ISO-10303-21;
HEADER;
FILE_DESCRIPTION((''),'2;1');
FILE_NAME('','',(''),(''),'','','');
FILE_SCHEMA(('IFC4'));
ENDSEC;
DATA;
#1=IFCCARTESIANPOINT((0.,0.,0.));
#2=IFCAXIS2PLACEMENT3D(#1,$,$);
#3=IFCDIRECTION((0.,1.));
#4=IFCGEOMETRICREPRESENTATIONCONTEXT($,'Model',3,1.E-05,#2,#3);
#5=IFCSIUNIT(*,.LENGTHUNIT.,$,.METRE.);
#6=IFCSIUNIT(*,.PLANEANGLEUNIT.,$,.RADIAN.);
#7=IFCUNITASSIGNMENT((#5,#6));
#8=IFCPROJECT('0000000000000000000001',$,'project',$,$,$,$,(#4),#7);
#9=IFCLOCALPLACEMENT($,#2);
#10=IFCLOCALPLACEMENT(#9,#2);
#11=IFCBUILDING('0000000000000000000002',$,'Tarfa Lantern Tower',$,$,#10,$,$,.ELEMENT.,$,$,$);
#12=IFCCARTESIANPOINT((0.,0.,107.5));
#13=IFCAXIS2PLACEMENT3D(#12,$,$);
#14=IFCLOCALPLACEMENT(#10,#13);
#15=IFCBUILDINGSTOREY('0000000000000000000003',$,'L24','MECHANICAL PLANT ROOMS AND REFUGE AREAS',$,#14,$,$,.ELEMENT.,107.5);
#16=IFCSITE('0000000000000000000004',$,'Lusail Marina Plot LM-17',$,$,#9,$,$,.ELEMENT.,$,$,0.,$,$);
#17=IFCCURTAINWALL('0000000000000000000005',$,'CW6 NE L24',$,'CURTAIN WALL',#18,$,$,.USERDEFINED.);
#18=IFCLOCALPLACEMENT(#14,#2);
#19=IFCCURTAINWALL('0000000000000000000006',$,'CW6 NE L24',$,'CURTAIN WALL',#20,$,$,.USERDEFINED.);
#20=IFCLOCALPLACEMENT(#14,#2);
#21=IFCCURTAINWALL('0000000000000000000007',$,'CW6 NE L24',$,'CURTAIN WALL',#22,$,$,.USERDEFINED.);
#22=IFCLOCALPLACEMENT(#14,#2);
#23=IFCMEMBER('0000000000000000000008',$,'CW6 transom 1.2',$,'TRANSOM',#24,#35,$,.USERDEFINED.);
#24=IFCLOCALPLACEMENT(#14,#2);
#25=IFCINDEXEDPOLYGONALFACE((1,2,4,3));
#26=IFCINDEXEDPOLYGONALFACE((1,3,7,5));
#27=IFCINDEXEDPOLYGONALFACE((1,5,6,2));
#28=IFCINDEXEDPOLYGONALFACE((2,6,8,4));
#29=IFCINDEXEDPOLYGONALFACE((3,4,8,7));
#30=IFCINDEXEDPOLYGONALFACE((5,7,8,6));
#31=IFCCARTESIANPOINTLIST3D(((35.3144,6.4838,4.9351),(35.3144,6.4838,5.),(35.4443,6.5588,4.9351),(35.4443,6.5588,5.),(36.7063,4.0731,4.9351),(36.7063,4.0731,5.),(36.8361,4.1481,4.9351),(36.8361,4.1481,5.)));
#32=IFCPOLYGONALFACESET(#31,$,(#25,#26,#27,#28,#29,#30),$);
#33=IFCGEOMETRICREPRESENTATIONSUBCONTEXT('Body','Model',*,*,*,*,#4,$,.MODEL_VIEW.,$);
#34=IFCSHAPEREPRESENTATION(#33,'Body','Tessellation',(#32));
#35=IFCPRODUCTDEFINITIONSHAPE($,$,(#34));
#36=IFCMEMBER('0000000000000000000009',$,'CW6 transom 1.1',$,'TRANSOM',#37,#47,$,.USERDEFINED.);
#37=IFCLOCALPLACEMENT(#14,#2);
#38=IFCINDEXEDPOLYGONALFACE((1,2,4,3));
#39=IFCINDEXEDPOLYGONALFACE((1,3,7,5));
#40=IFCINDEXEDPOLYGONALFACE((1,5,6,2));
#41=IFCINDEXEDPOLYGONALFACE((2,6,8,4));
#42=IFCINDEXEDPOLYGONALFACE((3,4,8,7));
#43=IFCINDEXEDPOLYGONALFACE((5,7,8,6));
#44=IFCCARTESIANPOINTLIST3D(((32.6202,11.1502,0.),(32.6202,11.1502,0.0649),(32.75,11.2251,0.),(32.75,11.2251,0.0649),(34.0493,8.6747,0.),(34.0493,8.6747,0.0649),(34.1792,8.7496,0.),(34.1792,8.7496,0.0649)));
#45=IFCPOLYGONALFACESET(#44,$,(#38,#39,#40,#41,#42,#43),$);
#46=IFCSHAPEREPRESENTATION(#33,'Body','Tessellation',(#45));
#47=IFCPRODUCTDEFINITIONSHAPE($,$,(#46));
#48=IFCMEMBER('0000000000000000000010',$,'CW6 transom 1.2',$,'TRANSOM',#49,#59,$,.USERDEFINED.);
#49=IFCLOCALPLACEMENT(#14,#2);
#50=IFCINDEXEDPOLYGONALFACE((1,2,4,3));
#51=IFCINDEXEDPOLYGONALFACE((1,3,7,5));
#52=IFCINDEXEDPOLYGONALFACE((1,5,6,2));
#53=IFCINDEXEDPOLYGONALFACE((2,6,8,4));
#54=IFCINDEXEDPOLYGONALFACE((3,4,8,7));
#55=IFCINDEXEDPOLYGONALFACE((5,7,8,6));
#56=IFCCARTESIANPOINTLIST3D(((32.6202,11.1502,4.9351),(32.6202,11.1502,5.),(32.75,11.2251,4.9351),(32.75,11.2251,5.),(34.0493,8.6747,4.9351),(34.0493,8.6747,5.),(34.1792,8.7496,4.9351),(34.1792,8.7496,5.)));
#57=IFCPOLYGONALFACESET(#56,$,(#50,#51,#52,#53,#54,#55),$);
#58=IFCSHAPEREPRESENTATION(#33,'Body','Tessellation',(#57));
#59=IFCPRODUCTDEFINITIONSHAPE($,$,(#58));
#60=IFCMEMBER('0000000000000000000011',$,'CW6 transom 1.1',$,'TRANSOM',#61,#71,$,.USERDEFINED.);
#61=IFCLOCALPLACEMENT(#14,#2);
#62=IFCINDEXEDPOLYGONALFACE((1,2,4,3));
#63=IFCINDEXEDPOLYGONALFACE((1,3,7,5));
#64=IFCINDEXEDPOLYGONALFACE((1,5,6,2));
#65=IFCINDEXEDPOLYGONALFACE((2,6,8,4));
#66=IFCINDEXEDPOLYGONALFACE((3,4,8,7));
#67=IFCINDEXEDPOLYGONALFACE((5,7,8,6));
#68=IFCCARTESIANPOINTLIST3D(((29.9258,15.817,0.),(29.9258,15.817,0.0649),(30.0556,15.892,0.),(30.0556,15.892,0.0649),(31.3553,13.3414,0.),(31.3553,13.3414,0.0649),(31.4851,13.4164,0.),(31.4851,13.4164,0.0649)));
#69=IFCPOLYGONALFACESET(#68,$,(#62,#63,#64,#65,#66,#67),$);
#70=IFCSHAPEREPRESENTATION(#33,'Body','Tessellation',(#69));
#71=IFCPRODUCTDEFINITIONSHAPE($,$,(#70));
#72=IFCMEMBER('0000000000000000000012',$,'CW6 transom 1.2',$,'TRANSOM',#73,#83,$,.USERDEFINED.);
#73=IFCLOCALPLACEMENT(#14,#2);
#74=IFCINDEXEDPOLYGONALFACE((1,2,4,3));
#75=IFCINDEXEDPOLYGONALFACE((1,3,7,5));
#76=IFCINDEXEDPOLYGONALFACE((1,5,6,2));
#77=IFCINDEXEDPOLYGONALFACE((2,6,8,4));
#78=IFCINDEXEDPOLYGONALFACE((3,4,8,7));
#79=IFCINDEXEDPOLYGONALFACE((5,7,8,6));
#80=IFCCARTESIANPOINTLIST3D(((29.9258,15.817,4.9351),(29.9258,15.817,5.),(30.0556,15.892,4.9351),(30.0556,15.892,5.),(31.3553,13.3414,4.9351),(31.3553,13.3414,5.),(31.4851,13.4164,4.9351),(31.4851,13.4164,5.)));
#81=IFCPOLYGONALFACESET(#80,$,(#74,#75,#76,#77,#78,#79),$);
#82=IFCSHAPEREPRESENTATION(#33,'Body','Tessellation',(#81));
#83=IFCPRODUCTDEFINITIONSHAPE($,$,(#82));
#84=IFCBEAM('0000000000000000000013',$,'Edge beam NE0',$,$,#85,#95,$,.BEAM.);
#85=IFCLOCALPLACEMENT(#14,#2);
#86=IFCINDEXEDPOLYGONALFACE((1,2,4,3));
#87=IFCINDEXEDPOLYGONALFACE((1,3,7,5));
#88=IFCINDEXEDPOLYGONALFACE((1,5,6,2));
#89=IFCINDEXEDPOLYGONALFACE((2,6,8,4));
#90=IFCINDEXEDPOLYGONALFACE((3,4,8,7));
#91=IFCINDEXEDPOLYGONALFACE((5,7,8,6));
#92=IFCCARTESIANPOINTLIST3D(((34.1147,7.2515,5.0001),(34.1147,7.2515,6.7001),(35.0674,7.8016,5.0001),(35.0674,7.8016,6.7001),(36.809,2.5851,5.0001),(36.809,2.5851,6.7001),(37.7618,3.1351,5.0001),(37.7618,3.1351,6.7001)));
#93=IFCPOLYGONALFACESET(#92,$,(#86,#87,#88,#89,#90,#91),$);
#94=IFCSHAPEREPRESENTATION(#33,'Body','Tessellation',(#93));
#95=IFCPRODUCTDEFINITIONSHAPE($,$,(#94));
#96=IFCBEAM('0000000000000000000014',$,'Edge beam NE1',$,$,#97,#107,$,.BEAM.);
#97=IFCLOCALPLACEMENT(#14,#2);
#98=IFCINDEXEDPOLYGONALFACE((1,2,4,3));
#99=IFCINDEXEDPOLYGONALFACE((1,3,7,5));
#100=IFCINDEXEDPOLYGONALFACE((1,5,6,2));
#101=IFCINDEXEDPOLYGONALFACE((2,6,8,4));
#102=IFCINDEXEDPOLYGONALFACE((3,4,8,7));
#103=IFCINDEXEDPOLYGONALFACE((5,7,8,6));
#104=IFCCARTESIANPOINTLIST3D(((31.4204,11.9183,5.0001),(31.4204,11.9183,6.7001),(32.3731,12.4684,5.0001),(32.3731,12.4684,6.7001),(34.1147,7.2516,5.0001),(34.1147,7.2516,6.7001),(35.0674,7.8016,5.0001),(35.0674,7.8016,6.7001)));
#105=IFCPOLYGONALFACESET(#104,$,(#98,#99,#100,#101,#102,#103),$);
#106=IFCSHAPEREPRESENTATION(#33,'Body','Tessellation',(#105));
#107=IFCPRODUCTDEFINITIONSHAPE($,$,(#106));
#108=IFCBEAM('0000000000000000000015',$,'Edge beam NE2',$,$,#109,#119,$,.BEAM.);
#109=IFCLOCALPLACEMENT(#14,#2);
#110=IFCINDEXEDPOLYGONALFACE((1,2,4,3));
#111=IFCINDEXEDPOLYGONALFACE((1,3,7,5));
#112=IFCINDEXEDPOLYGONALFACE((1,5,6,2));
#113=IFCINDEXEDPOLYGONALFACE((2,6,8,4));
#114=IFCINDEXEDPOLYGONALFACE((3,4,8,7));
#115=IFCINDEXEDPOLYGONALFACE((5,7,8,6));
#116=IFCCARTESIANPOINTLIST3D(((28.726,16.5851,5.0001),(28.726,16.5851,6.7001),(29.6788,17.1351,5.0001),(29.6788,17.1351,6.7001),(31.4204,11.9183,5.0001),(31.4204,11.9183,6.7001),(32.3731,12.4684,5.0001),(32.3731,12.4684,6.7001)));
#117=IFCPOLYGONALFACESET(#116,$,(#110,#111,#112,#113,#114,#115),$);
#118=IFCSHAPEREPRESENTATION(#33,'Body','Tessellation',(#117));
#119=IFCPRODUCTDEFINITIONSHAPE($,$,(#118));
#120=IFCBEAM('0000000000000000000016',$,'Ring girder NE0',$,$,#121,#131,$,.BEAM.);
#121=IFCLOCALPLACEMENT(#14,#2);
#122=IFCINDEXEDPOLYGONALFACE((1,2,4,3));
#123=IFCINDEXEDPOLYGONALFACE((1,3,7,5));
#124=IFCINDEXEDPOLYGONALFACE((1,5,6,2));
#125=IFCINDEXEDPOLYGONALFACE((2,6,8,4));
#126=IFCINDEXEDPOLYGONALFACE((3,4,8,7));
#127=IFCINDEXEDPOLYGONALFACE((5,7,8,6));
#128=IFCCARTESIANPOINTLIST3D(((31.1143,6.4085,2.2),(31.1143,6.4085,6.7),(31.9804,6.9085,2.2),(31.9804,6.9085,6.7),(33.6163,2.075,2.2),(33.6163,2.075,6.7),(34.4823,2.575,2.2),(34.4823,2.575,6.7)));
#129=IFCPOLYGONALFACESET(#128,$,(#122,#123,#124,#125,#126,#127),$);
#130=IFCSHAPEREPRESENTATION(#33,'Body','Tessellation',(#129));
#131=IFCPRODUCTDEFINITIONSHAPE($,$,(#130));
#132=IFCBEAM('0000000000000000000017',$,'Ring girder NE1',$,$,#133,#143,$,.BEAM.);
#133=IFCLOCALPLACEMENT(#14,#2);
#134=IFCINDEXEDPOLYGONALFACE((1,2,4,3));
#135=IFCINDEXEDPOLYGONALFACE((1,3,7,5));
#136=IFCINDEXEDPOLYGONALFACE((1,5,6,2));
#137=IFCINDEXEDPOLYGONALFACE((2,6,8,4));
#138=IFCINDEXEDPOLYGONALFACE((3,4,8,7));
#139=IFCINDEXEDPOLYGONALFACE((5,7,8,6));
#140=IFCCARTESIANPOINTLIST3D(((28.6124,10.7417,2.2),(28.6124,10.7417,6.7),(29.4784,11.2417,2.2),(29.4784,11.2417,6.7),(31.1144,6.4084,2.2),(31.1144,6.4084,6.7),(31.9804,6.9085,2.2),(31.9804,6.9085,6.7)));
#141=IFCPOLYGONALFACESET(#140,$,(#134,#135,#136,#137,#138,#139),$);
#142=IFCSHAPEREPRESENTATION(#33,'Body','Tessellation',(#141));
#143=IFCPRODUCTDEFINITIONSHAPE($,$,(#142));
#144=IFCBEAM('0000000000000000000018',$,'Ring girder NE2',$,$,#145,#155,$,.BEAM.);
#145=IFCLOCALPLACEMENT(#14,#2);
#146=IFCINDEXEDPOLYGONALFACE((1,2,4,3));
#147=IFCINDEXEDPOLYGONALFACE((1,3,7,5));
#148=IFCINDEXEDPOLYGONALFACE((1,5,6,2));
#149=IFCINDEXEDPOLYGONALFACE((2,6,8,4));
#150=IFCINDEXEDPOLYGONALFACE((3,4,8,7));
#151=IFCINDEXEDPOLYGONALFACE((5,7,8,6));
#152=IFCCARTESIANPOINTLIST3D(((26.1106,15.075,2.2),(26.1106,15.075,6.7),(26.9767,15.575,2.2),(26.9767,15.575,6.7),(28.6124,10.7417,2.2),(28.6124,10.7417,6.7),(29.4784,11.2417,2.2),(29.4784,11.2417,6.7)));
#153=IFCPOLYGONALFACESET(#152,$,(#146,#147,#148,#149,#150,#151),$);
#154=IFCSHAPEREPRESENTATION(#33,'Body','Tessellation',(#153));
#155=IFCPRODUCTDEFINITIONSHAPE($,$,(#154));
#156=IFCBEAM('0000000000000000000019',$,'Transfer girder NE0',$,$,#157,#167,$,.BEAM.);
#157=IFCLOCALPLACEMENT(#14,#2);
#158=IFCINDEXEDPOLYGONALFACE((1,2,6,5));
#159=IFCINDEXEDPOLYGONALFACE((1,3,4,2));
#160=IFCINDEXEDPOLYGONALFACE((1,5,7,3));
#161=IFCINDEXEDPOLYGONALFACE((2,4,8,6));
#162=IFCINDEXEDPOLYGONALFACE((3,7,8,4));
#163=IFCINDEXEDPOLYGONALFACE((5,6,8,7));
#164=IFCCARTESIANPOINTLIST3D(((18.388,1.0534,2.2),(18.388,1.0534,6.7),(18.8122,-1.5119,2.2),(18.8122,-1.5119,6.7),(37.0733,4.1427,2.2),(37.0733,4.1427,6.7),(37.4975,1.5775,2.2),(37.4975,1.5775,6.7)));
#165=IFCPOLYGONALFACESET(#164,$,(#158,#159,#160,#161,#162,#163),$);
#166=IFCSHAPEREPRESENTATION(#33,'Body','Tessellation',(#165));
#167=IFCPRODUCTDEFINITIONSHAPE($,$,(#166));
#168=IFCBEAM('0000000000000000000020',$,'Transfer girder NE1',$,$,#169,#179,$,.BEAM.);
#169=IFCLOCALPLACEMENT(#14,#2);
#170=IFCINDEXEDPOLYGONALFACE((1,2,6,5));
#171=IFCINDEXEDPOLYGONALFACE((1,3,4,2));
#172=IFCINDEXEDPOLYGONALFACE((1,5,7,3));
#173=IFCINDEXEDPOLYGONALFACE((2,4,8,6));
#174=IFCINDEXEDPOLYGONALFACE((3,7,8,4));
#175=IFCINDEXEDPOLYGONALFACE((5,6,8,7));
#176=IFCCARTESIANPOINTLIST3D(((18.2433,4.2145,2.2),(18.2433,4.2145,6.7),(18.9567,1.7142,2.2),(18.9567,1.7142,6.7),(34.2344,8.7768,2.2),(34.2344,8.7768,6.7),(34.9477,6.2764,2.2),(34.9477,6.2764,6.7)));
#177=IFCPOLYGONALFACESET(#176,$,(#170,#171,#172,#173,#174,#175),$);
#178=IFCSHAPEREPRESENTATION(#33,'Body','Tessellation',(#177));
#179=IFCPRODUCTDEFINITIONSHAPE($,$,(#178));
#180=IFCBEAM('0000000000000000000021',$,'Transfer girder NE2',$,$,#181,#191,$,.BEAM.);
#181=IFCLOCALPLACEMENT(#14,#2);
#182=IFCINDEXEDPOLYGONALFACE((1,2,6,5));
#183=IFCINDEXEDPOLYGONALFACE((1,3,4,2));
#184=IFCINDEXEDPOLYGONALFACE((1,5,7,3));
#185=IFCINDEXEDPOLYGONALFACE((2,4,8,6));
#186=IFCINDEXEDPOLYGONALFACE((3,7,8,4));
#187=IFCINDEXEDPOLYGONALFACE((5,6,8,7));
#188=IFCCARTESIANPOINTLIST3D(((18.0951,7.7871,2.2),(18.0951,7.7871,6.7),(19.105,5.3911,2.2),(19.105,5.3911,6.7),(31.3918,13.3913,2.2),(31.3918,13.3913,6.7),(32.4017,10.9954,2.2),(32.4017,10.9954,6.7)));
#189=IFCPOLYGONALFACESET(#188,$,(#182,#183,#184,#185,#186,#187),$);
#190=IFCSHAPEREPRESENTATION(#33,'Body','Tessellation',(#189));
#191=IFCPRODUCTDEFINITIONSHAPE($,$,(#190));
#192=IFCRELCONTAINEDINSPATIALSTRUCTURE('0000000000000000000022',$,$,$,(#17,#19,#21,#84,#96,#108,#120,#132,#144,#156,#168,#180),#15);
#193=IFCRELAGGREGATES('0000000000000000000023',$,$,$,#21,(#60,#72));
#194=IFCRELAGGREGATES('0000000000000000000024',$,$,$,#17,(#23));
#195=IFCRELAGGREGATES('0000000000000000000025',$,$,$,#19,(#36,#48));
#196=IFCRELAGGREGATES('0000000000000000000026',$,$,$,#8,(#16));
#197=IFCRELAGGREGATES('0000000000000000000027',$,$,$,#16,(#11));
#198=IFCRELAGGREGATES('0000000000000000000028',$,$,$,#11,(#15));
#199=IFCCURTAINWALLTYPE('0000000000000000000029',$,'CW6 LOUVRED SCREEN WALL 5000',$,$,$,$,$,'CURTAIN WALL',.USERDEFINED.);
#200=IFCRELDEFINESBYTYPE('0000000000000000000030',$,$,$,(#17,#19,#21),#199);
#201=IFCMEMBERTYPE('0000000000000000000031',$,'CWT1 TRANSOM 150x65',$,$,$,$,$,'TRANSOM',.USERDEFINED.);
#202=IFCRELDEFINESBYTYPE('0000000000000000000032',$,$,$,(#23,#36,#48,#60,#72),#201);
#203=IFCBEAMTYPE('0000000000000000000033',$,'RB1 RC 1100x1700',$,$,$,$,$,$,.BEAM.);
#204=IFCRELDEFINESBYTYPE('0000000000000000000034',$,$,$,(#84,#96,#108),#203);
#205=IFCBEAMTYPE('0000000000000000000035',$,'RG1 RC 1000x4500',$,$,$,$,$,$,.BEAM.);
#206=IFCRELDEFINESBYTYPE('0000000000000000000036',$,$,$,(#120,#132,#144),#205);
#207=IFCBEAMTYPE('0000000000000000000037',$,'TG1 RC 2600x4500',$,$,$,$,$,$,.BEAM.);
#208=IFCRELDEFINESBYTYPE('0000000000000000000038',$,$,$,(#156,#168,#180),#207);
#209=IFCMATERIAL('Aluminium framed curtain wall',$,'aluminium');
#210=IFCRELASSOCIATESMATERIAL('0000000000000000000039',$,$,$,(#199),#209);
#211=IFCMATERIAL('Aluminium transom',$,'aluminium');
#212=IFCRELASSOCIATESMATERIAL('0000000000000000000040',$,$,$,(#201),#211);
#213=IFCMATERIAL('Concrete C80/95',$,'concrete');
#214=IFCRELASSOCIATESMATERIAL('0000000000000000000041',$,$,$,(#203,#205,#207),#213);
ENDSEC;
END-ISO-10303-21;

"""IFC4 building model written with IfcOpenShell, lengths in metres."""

from ifc_helpers import new_model, si_unit, direction, frame, origin, origin_2d, place, context, subcontext, project, spatial, rectangle, extrude, material, material_profile, profile_set, type_object, element, aggregate, save


model = new_model("IFC4")

# Units and contexts
model_context = context("Model", 3, precision=1e-05, world=origin(), true_north=direction((0.0, 1.0)))
body_context = subcontext(model_context, "Body", "Model", "MODEL_VIEW")
ifc_project = project(units=[si_unit("LENGTHUNIT", "METRE"), si_unit("PLANEANGLEUNIT", "RADIAN")], contexts=[model_context])

# Site, building, storey
site_placement = place(None, origin())
site = spatial("IfcSite", under=ifc_project, at=site_placement, Name="Lusail Marina Plot LM-17", CompositionType="ELEMENT", RefElevation=0.0)
building_placement = place(site_placement, origin())
building = spatial("IfcBuilding", under=site, at=building_placement, Name="Tarfa Lantern Tower", CompositionType="ELEMENT")
storey_placement = place(building_placement, frame((0.0, 0.0, 107.5)))
storey = spatial("IfcBuildingStorey", under=building, at=storey_placement, Name="L24", Description="MECHANICAL PLANT ROOMS AND REFUGE AREAS", CompositionType="ELEMENT", Elevation=107.5)

# Shared definitions
ifc_material_1 = material(Name="Concrete C80/95", Category="concrete")

# Curtain walls
ifc_material_2 = material(Name="Aluminium framed curtain wall", Category="aluminium")
curtain_wall_type = type_object("IfcCurtainWallType", Name="CW6 LOUVRED SCREEN WALL 5000", ElementType="CURTAIN WALL", PredefinedType="USERDEFINED", material=ifc_material_2)
curtain_wall_1_placement = place(storey_placement, origin())
curtain_wall_1 = element("IfcCurtainWall", 1, at=curtain_wall_1_placement, inside=storey, type_object=curtain_wall_type, Name="CW6 NE L24", ObjectType="CURTAIN WALL", PredefinedType="USERDEFINED")
curtain_wall_2_placement = place(storey_placement, origin())
curtain_wall_2 = element("IfcCurtainWall", 2, at=curtain_wall_2_placement, inside=storey, type_object=curtain_wall_type, Name="CW6 NE L24", ObjectType="CURTAIN WALL", PredefinedType="USERDEFINED")

# Curtain wall
curtain_wall_3_placement = place(storey_placement, origin())
curtain_wall_3 = element("IfcCurtainWall", 3, at=curtain_wall_3_placement, inside=storey, type_object=curtain_wall_type, Name="CW6 NE L24", ObjectType="CURTAIN WALL", PredefinedType="USERDEFINED")

# Members
ifc_material_3 = material(Name="Aluminium transom", Category="aluminium")
ifc_material_profile_1 = material_profile(ifc_material_3, rectangle(XDim=0.1499, YDim=0.0649, at=origin_2d()), Name="AL TRANSOM 150x65")
ifc_profile_set_1 = profile_set([ifc_material_profile_1], Name="Aluminium transom")
member_type_1 = type_object("IfcMemberType", Name="CWT1 TRANSOM 150x65", ElementType="TRANSOM", PredefinedType="USERDEFINED", material=ifc_profile_set_1)
member_1_placement = place(storey_placement, frame((36.7712, 4.1106, 4.9675), z_axis=(-0.500016, 0.866016, 0.0), x_axis=(-0.866016, -0.500016, 0.0)))
member_1 = element("IfcMember", 4, at=member_1_placement, type_object=member_type_1, Name="CW6 transom 1.2", ObjectType="TRANSOM", PredefinedType="USERDEFINED", context=body_context, shape_type="SweptSolid", body=[
    extrude(rectangle(XDim=0.1499, YDim=0.0649, at=origin_2d()), origin(), (0.0, 0.0, 1.0), 2.7837),
])
member_2_placement = place(storey_placement, frame((34.1143, 8.7122, 0.0325), z_axis=(-0.499979, 0.866038, 0.0), x_axis=(-0.866038, -0.499979, 0.0)))
member_2 = element("IfcMember", 5, at=member_2_placement, type_object=member_type_1, Name="CW6 transom 1.1", ObjectType="TRANSOM", PredefinedType="USERDEFINED", context=body_context, shape_type="SweptSolid", body=[
    extrude(rectangle(XDim=0.1499, YDim=0.0649, at=origin_2d()), origin(), (0.0, 0.0, 1.0), 2.8584),
])
member_3_placement = place(storey_placement, frame((34.1143, 8.7122, 4.9675), z_axis=(-0.499979, 0.866038, 0.0), x_axis=(-0.866038, -0.499979, 0.0)))
member_3 = element("IfcMember", 6, at=member_3_placement, type_object=member_type_1, Name="CW6 transom 1.2", ObjectType="TRANSOM", PredefinedType="USERDEFINED", context=body_context, shape_type="SweptSolid", body=[
    extrude(rectangle(XDim=0.1499, YDim=0.0649, at=origin_2d()), origin(), (0.0, 0.0, 1.0), 2.8584),
])
member_4_placement = place(storey_placement, frame((31.4202, 13.3789, 0.0325), z_axis=(-0.500043, 0.866001, 0.0), x_axis=(-0.866001, -0.500043, 0.0)))
member_4 = element("IfcMember", 7, at=member_4_placement, type_object=member_type_1, Name="CW6 transom 1.1", ObjectType="TRANSOM", PredefinedType="USERDEFINED", context=body_context, shape_type="SweptSolid", body=[
    extrude(rectangle(XDim=0.1499, YDim=0.0649, at=origin_2d()), origin(), (0.0, 0.0, 1.0), 2.8586),
])
member_5_placement = place(storey_placement, frame((31.4202, 13.3789, 4.9675), z_axis=(-0.500043, 0.866001, 0.0), x_axis=(-0.866001, -0.500043, 0.0)))
member_5 = element("IfcMember", 8, at=member_5_placement, type_object=member_type_1, Name="CW6 transom 1.2", ObjectType="TRANSOM", PredefinedType="USERDEFINED", context=body_context, shape_type="SweptSolid", body=[
    extrude(rectangle(XDim=0.1499, YDim=0.0649, at=origin_2d()), origin(), (0.0, 0.0, 1.0), 2.8586),
])
aggregate(curtain_wall_3, [member_4, member_5])

# Beams
ifc_material_profile_2 = material_profile(ifc_material_1, rectangle(XDim=1.1001, YDim=1.7, at=origin_2d()), Name="RC 1100x1700")
ifc_profile_set_2 = profile_set([ifc_material_profile_2], Name="Concrete C80/95")
beam_type_1 = type_object("IfcBeamType", Name="RB1 RC 1100x1700", PredefinedType="BEAM", material=ifc_profile_set_2)
beam_1_placement = place(storey_placement, frame((37.2854, 2.8601, 5.8501), z_axis=(-0.500018, 0.866015, 0.0), x_axis=(-0.866015, -0.500018, 0.0)))
element("IfcBeam", 9, at=beam_1_placement, inside=storey, type_object=beam_type_1, Name="Edge beam NE0", PredefinedType="BEAM", context=body_context, shape_type="SweptSolid", body=[
    extrude(rectangle(XDim=1.1001, YDim=1.7, at=origin_2d()), origin(), (0.0, 0.0, 1.0), 5.3884),
])
for number, where, z_axis, x_axis, name in (
    (10, (34.5911, 7.5266, 5.8501), (-0.499998, 0.866026, 0.0), (-0.866026, -0.499998, 0.0), "Edge beam NE1"),
    (11, (31.8967, 12.1934, 5.8501), (-0.499998, 0.866026, 0.0), (-0.866026, -0.499998, 0.0), "Edge beam NE2"),
):
    element("IfcBeam", number, at=place(storey_placement, frame(where, z_axis=z_axis, x_axis=x_axis)), inside=storey, type_object=beam_type_1, Name=name, PredefinedType="BEAM", context=body_context, shape_type="SweptSolid", body=[
        extrude(rectangle(XDim=1.1001, YDim=1.7, at=origin_2d()), origin(), (0.0, 0.0, 1.0), 5.3887),
    ])
ifc_material_profile_3 = material_profile(ifc_material_1, rectangle(XDim=1.0, YDim=4.5, at=origin_2d()), Name="RC 1000x4500")
ifc_profile_set_3 = profile_set([ifc_material_profile_3], Name="Concrete C80/95")
beam_type_2 = type_object("IfcBeamType", Name="RG1 RC 1000x4500", PredefinedType="BEAM", material=ifc_profile_set_3)
beam_2_placement = place(storey_placement, frame((34.0493, 2.325, 4.45), z_axis=(-0.500001, 0.866025, 0.0), x_axis=(-0.866025, -0.500001, 0.0)))
element("IfcBeam", 12, at=beam_2_placement, inside=storey, type_object=beam_type_2, Name="Ring girder NE0", PredefinedType="BEAM", context=body_context, shape_type="SweptSolid", body=[
    extrude(rectangle(XDim=1.0, YDim=4.5, at=origin_2d()), origin(), (0.0, 0.0, 1.0), 5.0039),
])
for number, where, z_axis, x_axis, name in (
    (13, (31.5474, 6.6584, 4.45), (-0.500022, 0.866013, 0.0), (-0.866013, -0.500022, 0.0), "Ring girder NE1"),
    (14, (29.0454, 10.9917, 4.45), (-0.499986, 0.866034, 0.0), (-0.866034, -0.499986, 0.0), "Ring girder NE2"),
):
    element("IfcBeam", number, at=place(storey_placement, frame(where, z_axis=z_axis, x_axis=x_axis)), inside=storey, type_object=beam_type_2, Name=name, PredefinedType="BEAM", context=body_context, shape_type="SweptSolid", body=[
        extrude(rectangle(XDim=1.0, YDim=4.5, at=origin_2d()), origin(), (0.0, 0.0, 1.0), 5.0037),
    ])
ifc_material_profile_4 = material_profile(ifc_material_1, rectangle(XDim=2.6001, YDim=4.5, at=origin_2d()), Name="RC 2600x4500")
ifc_profile_set_4 = profile_set([ifc_material_profile_4], Name="Concrete C80/95")
beam_type_3 = type_object("IfcBeamType", Name="TG1 RC 2600x4500", PredefinedType="BEAM", material=ifc_profile_set_4)
beam_3_placement = place(storey_placement, frame((37.2854, 2.8601, 4.45), z_axis=(-0.986606, -0.163122, 0.0), x_axis=(0.163122, -0.986606, 0.0)))
element("IfcBeam", 15, at=beam_3_placement, inside=storey, type_object=beam_type_3, Name="Transfer girder NE0", PredefinedType="BEAM", context=body_context, shape_type="SweptSolid", body=[
    extrude(rectangle(XDim=2.6001, YDim=4.5, at=origin_2d()), origin(), (0.0, 0.0, 1.0), 18.939),
])
beam_4_placement = place(storey_placement, frame((34.5911, 7.5266, 4.45), z_axis=(-0.961629, -0.274355, 0.0), x_axis=(0.274355, -0.961629, 0.0)))
element("IfcBeam", 16, at=beam_4_placement, inside=storey, type_object=beam_type_3, Name="Transfer girder NE1", PredefinedType="BEAM", context=body_context, shape_type="SweptSolid", body=[
    extrude(rectangle(XDim=2.6001, YDim=4.5, at=origin_2d()), origin(), (0.0, 0.0, 1.0), 16.6292),
])
beam_5_placement = place(storey_placement, frame((31.8967, 12.1934, 4.45), z_axis=(-0.921495, -0.388391, 0.0), x_axis=(0.388391, -0.921495, 0.0)))
element("IfcBeam", 17, at=beam_5_placement, inside=storey, type_object=beam_type_3, Name="Transfer girder NE2", PredefinedType="BEAM", context=body_context, shape_type="SweptSolid", body=[
    extrude(rectangle(XDim=2.6001, YDim=4.5, at=origin_2d()), origin(), (0.0, 0.0, 1.0), 14.4294),
])

aggregate(curtain_wall_1, [member_1])
aggregate(curtain_wall_2, [member_2, member_3])

save(model, "model.ifc")
